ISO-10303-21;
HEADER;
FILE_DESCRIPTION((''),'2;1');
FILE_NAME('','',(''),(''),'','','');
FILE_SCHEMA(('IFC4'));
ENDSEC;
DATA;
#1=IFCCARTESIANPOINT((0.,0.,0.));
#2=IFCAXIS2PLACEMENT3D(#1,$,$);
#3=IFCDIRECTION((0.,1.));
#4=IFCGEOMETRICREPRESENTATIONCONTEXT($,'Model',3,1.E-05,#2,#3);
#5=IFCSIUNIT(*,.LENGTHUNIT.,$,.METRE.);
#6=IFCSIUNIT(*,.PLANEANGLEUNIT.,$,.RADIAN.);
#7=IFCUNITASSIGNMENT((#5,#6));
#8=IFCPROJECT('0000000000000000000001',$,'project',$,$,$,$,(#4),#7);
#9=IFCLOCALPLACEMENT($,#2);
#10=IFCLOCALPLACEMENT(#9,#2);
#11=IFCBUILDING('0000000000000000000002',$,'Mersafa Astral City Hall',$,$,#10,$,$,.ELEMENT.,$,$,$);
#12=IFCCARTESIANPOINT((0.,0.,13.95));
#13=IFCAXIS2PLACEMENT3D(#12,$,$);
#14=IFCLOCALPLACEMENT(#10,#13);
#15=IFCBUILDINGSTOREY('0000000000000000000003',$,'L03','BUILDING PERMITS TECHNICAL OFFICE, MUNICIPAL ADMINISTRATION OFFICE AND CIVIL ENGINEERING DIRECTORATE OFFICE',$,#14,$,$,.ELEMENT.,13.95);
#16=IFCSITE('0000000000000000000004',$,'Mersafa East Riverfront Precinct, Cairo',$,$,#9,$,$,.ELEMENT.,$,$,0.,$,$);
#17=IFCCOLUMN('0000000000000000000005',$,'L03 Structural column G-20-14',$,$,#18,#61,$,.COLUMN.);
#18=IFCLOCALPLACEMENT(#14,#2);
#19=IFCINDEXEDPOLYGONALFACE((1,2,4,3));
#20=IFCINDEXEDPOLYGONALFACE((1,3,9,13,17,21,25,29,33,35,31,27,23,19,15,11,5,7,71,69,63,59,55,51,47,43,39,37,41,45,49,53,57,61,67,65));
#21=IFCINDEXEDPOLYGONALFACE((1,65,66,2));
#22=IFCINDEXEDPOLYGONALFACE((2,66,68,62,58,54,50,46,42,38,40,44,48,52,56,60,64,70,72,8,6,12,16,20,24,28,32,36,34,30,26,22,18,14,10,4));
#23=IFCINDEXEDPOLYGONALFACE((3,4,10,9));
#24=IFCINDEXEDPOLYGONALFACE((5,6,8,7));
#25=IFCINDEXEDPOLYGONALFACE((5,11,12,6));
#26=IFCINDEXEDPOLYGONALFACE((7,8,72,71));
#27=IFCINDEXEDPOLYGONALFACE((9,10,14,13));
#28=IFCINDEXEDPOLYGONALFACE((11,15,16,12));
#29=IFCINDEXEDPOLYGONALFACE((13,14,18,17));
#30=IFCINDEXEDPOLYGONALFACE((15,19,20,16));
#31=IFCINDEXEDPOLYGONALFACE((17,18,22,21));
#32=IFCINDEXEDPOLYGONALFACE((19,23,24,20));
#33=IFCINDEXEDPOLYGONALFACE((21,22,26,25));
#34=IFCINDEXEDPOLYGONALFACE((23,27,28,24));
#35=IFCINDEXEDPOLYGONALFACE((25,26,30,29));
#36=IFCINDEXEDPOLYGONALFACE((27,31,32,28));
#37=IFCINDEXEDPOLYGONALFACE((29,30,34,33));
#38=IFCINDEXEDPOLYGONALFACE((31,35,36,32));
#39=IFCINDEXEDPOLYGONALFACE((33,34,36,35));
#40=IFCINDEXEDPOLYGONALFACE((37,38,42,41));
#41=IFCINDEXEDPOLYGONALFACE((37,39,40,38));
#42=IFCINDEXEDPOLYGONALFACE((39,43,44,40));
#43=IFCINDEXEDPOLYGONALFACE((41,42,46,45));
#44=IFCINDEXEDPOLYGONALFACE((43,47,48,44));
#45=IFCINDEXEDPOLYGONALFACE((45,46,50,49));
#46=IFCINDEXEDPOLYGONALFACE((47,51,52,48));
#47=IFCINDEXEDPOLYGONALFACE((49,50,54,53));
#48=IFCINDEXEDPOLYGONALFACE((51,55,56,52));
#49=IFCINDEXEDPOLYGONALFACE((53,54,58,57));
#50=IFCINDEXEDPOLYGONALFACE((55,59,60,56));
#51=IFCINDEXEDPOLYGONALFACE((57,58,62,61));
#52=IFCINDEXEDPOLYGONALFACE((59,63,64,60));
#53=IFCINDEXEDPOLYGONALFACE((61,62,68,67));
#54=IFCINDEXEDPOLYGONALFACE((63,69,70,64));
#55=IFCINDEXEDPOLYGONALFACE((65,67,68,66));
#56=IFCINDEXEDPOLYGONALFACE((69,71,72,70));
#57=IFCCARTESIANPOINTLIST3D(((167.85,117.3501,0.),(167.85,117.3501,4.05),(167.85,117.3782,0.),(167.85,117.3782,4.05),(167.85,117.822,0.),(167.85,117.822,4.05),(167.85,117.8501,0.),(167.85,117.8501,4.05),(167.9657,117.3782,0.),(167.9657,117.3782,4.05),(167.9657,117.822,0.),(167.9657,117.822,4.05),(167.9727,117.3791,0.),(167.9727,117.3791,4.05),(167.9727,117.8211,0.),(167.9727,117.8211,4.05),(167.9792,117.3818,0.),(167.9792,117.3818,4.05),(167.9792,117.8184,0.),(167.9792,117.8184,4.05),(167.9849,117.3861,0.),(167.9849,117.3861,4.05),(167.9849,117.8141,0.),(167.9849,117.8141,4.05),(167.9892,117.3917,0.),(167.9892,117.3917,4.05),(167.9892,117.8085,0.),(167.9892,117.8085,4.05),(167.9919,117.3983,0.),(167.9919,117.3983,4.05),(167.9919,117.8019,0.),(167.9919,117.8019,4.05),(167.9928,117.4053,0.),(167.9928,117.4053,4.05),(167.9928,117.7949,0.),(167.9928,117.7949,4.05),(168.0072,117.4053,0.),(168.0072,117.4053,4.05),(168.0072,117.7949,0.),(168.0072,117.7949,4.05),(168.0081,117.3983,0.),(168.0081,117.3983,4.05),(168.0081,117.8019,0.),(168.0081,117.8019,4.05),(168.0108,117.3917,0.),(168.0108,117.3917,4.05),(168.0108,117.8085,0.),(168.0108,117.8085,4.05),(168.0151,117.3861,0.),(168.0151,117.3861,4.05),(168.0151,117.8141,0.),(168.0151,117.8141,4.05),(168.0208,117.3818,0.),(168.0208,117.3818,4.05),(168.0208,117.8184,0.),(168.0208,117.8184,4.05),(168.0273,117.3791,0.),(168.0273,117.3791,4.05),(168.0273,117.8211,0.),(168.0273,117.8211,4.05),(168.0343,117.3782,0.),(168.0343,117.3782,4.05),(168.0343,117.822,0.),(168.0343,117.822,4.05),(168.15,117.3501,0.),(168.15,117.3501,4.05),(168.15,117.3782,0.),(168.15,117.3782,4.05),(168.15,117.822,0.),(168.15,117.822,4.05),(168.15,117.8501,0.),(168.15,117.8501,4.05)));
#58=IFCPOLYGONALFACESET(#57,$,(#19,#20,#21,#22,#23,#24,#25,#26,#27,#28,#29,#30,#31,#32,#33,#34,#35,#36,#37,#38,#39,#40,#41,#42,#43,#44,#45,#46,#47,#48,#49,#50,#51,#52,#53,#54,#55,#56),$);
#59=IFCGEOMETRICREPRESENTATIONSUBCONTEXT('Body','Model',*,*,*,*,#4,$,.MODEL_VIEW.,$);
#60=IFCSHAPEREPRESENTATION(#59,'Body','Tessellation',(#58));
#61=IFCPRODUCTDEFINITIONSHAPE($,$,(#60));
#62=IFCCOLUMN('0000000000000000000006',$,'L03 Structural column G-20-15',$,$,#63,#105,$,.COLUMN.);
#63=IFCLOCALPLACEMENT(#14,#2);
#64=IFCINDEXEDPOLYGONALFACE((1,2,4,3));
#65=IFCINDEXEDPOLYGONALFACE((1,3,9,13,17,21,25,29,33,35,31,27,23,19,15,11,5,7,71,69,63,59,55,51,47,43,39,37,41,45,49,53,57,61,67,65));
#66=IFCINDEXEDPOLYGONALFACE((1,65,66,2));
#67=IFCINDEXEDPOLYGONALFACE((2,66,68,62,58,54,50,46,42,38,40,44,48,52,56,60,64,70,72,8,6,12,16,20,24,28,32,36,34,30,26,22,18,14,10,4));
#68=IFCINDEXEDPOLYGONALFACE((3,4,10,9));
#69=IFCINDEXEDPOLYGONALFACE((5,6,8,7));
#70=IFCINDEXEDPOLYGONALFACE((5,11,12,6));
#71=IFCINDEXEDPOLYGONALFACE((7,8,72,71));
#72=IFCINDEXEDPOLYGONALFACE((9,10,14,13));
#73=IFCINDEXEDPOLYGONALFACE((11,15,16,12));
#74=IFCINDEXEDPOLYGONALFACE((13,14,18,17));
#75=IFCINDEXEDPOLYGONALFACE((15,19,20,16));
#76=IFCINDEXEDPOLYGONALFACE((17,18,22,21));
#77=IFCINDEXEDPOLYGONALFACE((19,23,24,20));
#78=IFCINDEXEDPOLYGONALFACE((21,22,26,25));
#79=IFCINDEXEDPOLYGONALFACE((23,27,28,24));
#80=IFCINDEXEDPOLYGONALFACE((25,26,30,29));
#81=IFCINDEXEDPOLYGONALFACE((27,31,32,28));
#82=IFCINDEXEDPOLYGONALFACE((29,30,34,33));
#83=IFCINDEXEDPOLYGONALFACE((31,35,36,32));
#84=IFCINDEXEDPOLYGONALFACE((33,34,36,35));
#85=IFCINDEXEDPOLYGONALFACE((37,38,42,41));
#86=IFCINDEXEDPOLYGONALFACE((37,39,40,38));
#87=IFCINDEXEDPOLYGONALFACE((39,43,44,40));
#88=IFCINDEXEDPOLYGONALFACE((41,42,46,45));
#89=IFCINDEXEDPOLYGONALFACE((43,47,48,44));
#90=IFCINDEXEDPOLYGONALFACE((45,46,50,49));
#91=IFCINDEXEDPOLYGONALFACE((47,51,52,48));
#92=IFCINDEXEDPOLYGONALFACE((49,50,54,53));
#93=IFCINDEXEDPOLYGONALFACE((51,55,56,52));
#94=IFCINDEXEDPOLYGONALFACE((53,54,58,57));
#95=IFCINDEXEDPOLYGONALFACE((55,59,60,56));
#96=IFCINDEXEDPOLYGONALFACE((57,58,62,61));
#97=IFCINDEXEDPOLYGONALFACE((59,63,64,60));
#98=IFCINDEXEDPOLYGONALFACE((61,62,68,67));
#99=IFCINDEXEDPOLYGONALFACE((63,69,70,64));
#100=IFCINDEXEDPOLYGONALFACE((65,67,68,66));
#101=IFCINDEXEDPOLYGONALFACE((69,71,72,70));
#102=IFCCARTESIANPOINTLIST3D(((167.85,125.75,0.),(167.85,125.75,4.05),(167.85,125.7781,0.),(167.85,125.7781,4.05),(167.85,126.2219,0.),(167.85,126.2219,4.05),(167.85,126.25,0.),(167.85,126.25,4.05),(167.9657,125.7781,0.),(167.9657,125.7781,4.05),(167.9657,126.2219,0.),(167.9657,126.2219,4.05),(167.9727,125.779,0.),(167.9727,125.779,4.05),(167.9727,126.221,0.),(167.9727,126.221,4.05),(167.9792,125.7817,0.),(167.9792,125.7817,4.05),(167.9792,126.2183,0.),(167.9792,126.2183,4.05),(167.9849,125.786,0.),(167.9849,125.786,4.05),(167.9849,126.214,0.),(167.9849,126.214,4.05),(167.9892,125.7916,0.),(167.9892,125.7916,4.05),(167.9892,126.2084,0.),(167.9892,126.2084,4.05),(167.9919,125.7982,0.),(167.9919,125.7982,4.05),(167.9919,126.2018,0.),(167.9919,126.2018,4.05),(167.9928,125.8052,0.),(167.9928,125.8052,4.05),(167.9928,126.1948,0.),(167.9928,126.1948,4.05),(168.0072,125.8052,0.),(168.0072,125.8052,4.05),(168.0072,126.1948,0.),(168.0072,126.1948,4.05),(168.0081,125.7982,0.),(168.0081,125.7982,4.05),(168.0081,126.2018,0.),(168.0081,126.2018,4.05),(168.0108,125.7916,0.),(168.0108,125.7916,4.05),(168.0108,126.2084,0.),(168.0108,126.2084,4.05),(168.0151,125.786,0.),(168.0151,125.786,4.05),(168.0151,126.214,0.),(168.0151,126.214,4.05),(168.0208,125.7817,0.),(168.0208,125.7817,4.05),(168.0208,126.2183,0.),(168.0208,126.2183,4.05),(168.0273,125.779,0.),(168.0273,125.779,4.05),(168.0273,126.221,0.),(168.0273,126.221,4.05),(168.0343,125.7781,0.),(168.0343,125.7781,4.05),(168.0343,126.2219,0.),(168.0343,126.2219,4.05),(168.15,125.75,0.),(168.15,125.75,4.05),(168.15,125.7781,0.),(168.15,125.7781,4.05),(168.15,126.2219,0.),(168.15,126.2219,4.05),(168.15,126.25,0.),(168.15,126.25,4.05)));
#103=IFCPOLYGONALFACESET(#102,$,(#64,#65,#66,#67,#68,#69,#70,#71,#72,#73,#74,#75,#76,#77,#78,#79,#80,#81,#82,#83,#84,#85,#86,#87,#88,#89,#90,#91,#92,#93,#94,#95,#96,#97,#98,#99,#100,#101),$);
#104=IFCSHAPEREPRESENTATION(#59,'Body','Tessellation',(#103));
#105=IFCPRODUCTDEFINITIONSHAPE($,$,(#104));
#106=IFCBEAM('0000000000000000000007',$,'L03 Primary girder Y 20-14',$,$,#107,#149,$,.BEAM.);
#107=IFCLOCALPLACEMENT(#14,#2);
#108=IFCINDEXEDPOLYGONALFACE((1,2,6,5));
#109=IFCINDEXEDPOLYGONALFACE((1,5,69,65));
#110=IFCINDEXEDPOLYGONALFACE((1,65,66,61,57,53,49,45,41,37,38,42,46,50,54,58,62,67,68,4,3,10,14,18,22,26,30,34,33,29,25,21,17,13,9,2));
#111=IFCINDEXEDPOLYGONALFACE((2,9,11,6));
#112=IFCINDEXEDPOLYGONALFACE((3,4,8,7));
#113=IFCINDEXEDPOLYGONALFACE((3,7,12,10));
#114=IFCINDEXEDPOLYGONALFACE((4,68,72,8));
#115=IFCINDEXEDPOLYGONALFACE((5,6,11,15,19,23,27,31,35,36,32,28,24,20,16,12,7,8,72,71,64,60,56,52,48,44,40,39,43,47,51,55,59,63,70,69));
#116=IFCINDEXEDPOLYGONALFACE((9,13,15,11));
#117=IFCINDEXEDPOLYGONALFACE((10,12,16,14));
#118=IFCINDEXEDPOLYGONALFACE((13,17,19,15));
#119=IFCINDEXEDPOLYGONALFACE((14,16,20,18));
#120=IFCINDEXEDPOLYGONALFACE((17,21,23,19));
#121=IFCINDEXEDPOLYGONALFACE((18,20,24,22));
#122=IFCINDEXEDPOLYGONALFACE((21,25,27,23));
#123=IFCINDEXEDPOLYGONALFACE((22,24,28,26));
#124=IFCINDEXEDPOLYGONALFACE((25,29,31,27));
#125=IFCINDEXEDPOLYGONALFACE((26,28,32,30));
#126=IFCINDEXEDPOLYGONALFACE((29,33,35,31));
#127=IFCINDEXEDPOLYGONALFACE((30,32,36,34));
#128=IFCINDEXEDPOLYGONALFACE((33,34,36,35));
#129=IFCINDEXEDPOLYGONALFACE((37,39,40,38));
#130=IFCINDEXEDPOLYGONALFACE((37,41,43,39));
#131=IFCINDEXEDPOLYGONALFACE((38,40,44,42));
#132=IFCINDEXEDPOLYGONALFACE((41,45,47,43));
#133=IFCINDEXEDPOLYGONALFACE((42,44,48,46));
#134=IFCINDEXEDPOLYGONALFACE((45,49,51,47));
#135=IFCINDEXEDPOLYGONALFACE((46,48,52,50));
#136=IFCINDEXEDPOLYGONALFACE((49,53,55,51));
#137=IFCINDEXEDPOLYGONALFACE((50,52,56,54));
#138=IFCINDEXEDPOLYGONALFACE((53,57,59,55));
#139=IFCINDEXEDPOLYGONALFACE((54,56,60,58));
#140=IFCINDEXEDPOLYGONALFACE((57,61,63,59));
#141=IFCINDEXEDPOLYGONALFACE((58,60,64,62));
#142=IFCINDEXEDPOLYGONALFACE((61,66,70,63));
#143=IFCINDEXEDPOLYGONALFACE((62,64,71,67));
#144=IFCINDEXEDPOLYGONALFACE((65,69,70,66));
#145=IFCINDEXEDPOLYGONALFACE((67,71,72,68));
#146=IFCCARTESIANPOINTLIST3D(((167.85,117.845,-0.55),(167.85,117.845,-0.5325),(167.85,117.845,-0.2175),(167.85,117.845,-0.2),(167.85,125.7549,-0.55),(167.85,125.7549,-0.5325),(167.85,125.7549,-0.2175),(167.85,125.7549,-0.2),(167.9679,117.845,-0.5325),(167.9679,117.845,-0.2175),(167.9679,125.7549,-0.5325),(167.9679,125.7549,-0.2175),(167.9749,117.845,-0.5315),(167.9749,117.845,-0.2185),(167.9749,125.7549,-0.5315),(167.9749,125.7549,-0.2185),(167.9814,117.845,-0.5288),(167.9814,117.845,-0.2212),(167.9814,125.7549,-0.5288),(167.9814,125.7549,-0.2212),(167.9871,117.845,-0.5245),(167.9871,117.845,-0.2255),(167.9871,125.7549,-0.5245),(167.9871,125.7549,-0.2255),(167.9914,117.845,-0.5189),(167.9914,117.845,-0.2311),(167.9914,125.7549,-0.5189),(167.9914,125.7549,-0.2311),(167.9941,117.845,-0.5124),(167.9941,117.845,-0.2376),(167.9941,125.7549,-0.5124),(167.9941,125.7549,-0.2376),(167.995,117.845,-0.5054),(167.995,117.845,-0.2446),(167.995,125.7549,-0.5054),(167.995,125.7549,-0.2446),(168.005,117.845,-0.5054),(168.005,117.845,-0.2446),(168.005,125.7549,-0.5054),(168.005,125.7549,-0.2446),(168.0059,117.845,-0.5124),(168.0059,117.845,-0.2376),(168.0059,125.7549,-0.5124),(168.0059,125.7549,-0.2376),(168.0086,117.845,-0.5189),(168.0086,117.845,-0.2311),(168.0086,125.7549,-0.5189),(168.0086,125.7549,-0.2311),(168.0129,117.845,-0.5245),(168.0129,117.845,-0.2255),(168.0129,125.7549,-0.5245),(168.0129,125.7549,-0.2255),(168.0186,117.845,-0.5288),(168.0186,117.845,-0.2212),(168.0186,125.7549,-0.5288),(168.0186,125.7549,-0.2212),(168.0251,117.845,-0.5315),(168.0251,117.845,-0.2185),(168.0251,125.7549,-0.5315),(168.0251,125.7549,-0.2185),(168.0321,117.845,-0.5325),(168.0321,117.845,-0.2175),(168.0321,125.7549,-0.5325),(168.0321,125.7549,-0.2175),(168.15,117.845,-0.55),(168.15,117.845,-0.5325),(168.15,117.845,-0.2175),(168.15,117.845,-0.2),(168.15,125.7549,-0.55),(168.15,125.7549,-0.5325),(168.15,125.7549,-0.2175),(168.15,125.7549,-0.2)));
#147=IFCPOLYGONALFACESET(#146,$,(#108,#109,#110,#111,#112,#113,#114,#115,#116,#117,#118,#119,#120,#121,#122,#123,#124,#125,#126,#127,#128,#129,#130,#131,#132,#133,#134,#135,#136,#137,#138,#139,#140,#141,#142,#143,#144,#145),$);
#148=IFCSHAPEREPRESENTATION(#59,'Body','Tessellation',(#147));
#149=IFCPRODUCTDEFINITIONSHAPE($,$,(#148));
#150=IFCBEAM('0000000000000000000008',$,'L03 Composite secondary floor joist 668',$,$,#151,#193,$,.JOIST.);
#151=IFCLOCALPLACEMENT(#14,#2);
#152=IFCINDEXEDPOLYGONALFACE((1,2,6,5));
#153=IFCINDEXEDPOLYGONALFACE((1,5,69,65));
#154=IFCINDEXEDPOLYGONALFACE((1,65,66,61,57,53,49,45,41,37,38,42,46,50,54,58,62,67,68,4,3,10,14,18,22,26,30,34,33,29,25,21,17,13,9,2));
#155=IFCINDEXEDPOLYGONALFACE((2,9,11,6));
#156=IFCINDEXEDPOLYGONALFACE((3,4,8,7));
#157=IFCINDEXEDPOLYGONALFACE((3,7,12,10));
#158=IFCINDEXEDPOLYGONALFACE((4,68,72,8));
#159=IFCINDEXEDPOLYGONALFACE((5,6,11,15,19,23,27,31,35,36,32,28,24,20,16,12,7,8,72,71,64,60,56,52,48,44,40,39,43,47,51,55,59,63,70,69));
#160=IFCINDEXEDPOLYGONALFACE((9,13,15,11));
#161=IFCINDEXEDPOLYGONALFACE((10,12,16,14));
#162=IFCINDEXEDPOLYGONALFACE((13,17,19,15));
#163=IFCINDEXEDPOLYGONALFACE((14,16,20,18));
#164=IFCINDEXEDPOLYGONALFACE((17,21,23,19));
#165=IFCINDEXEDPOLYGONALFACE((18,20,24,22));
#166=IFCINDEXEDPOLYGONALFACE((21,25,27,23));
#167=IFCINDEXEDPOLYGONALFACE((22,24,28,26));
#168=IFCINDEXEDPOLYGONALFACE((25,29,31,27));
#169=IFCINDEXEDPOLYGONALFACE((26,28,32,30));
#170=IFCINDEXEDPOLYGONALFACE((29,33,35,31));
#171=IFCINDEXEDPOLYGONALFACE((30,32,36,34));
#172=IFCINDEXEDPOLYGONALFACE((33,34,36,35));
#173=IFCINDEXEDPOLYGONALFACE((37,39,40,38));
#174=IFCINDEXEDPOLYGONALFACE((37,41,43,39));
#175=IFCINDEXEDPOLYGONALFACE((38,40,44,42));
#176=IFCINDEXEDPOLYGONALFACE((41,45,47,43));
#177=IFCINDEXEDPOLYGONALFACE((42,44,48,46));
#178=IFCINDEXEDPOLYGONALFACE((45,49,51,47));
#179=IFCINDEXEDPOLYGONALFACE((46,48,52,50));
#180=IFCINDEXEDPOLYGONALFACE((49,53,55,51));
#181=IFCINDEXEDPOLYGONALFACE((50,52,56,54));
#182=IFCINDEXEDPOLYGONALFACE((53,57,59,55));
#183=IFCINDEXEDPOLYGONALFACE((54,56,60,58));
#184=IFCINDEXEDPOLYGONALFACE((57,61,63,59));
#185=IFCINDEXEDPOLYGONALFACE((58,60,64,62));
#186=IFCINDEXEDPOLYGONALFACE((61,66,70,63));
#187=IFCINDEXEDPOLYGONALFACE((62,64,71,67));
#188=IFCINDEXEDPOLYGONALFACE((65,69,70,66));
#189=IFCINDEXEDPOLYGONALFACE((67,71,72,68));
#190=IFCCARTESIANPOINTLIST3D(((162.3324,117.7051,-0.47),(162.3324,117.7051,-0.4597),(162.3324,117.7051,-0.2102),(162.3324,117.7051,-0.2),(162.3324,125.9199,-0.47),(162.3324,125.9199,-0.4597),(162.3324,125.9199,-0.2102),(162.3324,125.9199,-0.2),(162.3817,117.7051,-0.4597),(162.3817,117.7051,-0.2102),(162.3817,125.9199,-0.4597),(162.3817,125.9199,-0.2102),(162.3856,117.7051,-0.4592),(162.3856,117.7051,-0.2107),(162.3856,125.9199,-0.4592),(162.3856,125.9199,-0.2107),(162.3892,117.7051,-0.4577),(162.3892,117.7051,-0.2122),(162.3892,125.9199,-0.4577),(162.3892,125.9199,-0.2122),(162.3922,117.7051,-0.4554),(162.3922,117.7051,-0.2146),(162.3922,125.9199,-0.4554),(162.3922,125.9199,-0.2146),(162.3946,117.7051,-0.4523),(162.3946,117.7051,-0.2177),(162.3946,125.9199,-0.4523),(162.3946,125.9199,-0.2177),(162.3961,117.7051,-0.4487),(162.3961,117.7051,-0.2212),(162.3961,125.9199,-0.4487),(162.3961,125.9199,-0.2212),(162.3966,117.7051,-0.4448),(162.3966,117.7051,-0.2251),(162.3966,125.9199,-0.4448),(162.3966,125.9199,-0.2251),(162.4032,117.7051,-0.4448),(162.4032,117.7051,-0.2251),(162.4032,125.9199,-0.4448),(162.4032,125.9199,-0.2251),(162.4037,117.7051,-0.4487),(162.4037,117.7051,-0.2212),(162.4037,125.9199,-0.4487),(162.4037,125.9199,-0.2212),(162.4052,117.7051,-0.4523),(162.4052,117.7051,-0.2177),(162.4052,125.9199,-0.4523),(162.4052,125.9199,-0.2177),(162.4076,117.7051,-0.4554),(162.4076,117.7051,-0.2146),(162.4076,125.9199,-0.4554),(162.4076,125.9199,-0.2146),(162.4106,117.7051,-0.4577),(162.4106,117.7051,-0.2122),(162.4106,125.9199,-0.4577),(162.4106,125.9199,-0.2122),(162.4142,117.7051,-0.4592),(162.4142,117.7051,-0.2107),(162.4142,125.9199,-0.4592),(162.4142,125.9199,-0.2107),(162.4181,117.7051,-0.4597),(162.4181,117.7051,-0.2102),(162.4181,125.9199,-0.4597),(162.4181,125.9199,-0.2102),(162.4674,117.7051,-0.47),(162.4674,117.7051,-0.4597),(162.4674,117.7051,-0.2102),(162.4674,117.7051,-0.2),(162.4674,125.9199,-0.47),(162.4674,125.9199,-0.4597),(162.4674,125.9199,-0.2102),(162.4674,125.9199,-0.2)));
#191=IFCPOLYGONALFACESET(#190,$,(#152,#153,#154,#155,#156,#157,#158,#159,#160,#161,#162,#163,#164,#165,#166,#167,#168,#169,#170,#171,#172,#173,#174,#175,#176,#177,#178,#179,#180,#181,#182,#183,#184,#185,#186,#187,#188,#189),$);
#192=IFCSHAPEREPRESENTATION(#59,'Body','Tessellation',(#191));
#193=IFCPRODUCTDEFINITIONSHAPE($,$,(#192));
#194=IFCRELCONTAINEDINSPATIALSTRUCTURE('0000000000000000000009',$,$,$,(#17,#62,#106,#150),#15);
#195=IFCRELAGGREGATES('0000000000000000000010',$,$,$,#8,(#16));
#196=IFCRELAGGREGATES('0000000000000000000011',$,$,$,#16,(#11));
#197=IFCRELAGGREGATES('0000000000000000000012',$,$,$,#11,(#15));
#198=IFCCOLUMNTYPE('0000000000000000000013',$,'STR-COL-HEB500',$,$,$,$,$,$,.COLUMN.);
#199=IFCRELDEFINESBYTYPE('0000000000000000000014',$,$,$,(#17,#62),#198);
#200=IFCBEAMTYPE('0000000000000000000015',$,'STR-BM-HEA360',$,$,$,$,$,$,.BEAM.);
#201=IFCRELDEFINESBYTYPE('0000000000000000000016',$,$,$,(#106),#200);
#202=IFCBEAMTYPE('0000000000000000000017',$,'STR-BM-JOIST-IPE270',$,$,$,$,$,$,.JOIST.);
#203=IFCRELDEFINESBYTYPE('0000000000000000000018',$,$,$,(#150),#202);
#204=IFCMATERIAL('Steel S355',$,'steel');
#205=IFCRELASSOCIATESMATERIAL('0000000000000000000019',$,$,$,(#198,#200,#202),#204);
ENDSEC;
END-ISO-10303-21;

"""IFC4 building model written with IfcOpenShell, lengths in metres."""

from ifc_helpers import new_model, si_unit, direction, frame, origin, origin_2d, place, context, subcontext, project, spatial, i_section, extrude, material, material_profile, profile_set, type_object, element, save


model = new_model("IFC4")

# Units and contexts
model_context = context("Model", 3, precision=1e-05, world=origin(), true_north=direction((0.0, 1.0)))
body_context = subcontext(model_context, "Body", "Model", "MODEL_VIEW")
ifc_project = project(units=[si_unit("LENGTHUNIT", "METRE"), si_unit("PLANEANGLEUNIT", "RADIAN")], contexts=[model_context])

# Site, building, storey
site_placement = place(None, origin())
site = spatial("IfcSite", under=ifc_project, at=site_placement, Name="Mersafa East Riverfront Precinct, Cairo", CompositionType="ELEMENT", RefElevation=0.0)
building_placement = place(site_placement, origin())
building = spatial("IfcBuilding", under=site, at=building_placement, Name="Mersafa Astral City Hall", CompositionType="ELEMENT")
storey_placement = place(building_placement, frame((0.0, 0.0, 13.95)))
storey = spatial("IfcBuildingStorey", under=building, at=storey_placement, Name="L03", Description="BUILDING PERMITS TECHNICAL OFFICE, MUNICIPAL ADMINISTRATION OFFICE AND CIVIL ENGINEERING DIRECTORATE OFFICE", CompositionType="ELEMENT", Elevation=13.95)

# Columns
ifc_material_1 = material(Name="Steel S355", Category="steel")
ifc_material_profile_1 = material_profile(ifc_material_1, i_section(OverallWidth=0.3, OverallDepth=0.5, WebThickness=0.0144, FlangeThickness=0.0281, FilletRadius=0.0271, at=origin_2d()), Name="HEB 500")
ifc_profile_set_1 = profile_set([ifc_material_profile_1], Name="Steel S355")
column_type = type_object("IfcColumnType", Name="STR-COL-HEB500", PredefinedType="COLUMN", material=ifc_profile_set_1)
for number, where, z_axis, x_axis, name in (
    (1, (168.0, 117.6001, 0.0), (0.0, 0.0, 1.0), (1.0, 0.0, 0.0), "L03 Structural column G-20-14"),
    (2, (168.0, 126.0, 0.0), (0.0, 0.0, 1.0), (1.0, 0.0, 0.0), "L03 Structural column G-20-15"),
):
    element("IfcColumn", number, at=place(storey_placement, frame(where, z_axis=z_axis, x_axis=x_axis)), inside=storey, type_object=column_type, Name=name, PredefinedType="COLUMN", context=body_context, shape_type="SweptSolid", body=[
        extrude(i_section(OverallWidth=0.3, OverallDepth=0.5, WebThickness=0.0144, FlangeThickness=0.0281, FilletRadius=0.0271, at=origin_2d()), origin(), (0.0, 0.0, 1.0), 4.05),
    ])

# Beams
ifc_material_profile_2 = material_profile(ifc_material_1, i_section(OverallWidth=0.3, OverallDepth=0.3501, WebThickness=0.01, FlangeThickness=0.0176, FilletRadius=0.0271, at=origin_2d()), Name="HEA 360")
ifc_profile_set_2 = profile_set([ifc_material_profile_2], Name="Steel S355")
beam_type_1 = type_object("IfcBeamType", Name="STR-BM-HEA360", PredefinedType="BEAM", material=ifc_profile_set_2)
beam_1_placement = place(storey_placement, frame((168.0, 117.845, -0.375), z_axis=(0.0, 1.0, 0.0), x_axis=(-1.0, 0.0, 0.0)))
element("IfcBeam", 3, at=beam_1_placement, inside=storey, type_object=beam_type_1, Name="L03 Primary girder Y 20-14", PredefinedType="BEAM", context=body_context, shape_type="SweptSolid", body=[
    extrude(i_section(OverallWidth=0.3, OverallDepth=0.3501, WebThickness=0.01, FlangeThickness=0.0176, FilletRadius=0.0271, at=origin_2d()), origin(), (0.0, 0.0, 1.0), 7.9099),
])
ifc_material_profile_3 = material_profile(ifc_material_1, i_section(OverallWidth=0.135, OverallDepth=0.27, WebThickness=0.0066, FlangeThickness=0.0103, FilletRadius=0.0149, at=origin_2d()), Name="IPE 270")
ifc_profile_set_3 = profile_set([ifc_material_profile_3], Name="Steel S355")
beam_type_2 = type_object("IfcBeamType", Name="STR-BM-JOIST-IPE270", PredefinedType="JOIST", material=ifc_profile_set_3)
for number, where, z_axis, x_axis, name in (
    (4, (162.3999, 117.7051, -0.335), (0.0, 1.0, 0.0), (-1.0, 0.0, 0.0), "L03 Composite secondary floor joist 668"),
):
    element("IfcBeam", number, at=place(storey_placement, frame(where, z_axis=z_axis, x_axis=x_axis)), inside=storey, type_object=beam_type_2, Name=name, PredefinedType="JOIST", context=body_context, shape_type="SweptSolid", body=[
        extrude(i_section(OverallWidth=0.135, OverallDepth=0.27, WebThickness=0.0066, FlangeThickness=0.0103, FilletRadius=0.0149, at=origin_2d()), origin(), (0.0, 0.0, 1.0), 8.2148),
    ])

save(model, "model.ifc")
